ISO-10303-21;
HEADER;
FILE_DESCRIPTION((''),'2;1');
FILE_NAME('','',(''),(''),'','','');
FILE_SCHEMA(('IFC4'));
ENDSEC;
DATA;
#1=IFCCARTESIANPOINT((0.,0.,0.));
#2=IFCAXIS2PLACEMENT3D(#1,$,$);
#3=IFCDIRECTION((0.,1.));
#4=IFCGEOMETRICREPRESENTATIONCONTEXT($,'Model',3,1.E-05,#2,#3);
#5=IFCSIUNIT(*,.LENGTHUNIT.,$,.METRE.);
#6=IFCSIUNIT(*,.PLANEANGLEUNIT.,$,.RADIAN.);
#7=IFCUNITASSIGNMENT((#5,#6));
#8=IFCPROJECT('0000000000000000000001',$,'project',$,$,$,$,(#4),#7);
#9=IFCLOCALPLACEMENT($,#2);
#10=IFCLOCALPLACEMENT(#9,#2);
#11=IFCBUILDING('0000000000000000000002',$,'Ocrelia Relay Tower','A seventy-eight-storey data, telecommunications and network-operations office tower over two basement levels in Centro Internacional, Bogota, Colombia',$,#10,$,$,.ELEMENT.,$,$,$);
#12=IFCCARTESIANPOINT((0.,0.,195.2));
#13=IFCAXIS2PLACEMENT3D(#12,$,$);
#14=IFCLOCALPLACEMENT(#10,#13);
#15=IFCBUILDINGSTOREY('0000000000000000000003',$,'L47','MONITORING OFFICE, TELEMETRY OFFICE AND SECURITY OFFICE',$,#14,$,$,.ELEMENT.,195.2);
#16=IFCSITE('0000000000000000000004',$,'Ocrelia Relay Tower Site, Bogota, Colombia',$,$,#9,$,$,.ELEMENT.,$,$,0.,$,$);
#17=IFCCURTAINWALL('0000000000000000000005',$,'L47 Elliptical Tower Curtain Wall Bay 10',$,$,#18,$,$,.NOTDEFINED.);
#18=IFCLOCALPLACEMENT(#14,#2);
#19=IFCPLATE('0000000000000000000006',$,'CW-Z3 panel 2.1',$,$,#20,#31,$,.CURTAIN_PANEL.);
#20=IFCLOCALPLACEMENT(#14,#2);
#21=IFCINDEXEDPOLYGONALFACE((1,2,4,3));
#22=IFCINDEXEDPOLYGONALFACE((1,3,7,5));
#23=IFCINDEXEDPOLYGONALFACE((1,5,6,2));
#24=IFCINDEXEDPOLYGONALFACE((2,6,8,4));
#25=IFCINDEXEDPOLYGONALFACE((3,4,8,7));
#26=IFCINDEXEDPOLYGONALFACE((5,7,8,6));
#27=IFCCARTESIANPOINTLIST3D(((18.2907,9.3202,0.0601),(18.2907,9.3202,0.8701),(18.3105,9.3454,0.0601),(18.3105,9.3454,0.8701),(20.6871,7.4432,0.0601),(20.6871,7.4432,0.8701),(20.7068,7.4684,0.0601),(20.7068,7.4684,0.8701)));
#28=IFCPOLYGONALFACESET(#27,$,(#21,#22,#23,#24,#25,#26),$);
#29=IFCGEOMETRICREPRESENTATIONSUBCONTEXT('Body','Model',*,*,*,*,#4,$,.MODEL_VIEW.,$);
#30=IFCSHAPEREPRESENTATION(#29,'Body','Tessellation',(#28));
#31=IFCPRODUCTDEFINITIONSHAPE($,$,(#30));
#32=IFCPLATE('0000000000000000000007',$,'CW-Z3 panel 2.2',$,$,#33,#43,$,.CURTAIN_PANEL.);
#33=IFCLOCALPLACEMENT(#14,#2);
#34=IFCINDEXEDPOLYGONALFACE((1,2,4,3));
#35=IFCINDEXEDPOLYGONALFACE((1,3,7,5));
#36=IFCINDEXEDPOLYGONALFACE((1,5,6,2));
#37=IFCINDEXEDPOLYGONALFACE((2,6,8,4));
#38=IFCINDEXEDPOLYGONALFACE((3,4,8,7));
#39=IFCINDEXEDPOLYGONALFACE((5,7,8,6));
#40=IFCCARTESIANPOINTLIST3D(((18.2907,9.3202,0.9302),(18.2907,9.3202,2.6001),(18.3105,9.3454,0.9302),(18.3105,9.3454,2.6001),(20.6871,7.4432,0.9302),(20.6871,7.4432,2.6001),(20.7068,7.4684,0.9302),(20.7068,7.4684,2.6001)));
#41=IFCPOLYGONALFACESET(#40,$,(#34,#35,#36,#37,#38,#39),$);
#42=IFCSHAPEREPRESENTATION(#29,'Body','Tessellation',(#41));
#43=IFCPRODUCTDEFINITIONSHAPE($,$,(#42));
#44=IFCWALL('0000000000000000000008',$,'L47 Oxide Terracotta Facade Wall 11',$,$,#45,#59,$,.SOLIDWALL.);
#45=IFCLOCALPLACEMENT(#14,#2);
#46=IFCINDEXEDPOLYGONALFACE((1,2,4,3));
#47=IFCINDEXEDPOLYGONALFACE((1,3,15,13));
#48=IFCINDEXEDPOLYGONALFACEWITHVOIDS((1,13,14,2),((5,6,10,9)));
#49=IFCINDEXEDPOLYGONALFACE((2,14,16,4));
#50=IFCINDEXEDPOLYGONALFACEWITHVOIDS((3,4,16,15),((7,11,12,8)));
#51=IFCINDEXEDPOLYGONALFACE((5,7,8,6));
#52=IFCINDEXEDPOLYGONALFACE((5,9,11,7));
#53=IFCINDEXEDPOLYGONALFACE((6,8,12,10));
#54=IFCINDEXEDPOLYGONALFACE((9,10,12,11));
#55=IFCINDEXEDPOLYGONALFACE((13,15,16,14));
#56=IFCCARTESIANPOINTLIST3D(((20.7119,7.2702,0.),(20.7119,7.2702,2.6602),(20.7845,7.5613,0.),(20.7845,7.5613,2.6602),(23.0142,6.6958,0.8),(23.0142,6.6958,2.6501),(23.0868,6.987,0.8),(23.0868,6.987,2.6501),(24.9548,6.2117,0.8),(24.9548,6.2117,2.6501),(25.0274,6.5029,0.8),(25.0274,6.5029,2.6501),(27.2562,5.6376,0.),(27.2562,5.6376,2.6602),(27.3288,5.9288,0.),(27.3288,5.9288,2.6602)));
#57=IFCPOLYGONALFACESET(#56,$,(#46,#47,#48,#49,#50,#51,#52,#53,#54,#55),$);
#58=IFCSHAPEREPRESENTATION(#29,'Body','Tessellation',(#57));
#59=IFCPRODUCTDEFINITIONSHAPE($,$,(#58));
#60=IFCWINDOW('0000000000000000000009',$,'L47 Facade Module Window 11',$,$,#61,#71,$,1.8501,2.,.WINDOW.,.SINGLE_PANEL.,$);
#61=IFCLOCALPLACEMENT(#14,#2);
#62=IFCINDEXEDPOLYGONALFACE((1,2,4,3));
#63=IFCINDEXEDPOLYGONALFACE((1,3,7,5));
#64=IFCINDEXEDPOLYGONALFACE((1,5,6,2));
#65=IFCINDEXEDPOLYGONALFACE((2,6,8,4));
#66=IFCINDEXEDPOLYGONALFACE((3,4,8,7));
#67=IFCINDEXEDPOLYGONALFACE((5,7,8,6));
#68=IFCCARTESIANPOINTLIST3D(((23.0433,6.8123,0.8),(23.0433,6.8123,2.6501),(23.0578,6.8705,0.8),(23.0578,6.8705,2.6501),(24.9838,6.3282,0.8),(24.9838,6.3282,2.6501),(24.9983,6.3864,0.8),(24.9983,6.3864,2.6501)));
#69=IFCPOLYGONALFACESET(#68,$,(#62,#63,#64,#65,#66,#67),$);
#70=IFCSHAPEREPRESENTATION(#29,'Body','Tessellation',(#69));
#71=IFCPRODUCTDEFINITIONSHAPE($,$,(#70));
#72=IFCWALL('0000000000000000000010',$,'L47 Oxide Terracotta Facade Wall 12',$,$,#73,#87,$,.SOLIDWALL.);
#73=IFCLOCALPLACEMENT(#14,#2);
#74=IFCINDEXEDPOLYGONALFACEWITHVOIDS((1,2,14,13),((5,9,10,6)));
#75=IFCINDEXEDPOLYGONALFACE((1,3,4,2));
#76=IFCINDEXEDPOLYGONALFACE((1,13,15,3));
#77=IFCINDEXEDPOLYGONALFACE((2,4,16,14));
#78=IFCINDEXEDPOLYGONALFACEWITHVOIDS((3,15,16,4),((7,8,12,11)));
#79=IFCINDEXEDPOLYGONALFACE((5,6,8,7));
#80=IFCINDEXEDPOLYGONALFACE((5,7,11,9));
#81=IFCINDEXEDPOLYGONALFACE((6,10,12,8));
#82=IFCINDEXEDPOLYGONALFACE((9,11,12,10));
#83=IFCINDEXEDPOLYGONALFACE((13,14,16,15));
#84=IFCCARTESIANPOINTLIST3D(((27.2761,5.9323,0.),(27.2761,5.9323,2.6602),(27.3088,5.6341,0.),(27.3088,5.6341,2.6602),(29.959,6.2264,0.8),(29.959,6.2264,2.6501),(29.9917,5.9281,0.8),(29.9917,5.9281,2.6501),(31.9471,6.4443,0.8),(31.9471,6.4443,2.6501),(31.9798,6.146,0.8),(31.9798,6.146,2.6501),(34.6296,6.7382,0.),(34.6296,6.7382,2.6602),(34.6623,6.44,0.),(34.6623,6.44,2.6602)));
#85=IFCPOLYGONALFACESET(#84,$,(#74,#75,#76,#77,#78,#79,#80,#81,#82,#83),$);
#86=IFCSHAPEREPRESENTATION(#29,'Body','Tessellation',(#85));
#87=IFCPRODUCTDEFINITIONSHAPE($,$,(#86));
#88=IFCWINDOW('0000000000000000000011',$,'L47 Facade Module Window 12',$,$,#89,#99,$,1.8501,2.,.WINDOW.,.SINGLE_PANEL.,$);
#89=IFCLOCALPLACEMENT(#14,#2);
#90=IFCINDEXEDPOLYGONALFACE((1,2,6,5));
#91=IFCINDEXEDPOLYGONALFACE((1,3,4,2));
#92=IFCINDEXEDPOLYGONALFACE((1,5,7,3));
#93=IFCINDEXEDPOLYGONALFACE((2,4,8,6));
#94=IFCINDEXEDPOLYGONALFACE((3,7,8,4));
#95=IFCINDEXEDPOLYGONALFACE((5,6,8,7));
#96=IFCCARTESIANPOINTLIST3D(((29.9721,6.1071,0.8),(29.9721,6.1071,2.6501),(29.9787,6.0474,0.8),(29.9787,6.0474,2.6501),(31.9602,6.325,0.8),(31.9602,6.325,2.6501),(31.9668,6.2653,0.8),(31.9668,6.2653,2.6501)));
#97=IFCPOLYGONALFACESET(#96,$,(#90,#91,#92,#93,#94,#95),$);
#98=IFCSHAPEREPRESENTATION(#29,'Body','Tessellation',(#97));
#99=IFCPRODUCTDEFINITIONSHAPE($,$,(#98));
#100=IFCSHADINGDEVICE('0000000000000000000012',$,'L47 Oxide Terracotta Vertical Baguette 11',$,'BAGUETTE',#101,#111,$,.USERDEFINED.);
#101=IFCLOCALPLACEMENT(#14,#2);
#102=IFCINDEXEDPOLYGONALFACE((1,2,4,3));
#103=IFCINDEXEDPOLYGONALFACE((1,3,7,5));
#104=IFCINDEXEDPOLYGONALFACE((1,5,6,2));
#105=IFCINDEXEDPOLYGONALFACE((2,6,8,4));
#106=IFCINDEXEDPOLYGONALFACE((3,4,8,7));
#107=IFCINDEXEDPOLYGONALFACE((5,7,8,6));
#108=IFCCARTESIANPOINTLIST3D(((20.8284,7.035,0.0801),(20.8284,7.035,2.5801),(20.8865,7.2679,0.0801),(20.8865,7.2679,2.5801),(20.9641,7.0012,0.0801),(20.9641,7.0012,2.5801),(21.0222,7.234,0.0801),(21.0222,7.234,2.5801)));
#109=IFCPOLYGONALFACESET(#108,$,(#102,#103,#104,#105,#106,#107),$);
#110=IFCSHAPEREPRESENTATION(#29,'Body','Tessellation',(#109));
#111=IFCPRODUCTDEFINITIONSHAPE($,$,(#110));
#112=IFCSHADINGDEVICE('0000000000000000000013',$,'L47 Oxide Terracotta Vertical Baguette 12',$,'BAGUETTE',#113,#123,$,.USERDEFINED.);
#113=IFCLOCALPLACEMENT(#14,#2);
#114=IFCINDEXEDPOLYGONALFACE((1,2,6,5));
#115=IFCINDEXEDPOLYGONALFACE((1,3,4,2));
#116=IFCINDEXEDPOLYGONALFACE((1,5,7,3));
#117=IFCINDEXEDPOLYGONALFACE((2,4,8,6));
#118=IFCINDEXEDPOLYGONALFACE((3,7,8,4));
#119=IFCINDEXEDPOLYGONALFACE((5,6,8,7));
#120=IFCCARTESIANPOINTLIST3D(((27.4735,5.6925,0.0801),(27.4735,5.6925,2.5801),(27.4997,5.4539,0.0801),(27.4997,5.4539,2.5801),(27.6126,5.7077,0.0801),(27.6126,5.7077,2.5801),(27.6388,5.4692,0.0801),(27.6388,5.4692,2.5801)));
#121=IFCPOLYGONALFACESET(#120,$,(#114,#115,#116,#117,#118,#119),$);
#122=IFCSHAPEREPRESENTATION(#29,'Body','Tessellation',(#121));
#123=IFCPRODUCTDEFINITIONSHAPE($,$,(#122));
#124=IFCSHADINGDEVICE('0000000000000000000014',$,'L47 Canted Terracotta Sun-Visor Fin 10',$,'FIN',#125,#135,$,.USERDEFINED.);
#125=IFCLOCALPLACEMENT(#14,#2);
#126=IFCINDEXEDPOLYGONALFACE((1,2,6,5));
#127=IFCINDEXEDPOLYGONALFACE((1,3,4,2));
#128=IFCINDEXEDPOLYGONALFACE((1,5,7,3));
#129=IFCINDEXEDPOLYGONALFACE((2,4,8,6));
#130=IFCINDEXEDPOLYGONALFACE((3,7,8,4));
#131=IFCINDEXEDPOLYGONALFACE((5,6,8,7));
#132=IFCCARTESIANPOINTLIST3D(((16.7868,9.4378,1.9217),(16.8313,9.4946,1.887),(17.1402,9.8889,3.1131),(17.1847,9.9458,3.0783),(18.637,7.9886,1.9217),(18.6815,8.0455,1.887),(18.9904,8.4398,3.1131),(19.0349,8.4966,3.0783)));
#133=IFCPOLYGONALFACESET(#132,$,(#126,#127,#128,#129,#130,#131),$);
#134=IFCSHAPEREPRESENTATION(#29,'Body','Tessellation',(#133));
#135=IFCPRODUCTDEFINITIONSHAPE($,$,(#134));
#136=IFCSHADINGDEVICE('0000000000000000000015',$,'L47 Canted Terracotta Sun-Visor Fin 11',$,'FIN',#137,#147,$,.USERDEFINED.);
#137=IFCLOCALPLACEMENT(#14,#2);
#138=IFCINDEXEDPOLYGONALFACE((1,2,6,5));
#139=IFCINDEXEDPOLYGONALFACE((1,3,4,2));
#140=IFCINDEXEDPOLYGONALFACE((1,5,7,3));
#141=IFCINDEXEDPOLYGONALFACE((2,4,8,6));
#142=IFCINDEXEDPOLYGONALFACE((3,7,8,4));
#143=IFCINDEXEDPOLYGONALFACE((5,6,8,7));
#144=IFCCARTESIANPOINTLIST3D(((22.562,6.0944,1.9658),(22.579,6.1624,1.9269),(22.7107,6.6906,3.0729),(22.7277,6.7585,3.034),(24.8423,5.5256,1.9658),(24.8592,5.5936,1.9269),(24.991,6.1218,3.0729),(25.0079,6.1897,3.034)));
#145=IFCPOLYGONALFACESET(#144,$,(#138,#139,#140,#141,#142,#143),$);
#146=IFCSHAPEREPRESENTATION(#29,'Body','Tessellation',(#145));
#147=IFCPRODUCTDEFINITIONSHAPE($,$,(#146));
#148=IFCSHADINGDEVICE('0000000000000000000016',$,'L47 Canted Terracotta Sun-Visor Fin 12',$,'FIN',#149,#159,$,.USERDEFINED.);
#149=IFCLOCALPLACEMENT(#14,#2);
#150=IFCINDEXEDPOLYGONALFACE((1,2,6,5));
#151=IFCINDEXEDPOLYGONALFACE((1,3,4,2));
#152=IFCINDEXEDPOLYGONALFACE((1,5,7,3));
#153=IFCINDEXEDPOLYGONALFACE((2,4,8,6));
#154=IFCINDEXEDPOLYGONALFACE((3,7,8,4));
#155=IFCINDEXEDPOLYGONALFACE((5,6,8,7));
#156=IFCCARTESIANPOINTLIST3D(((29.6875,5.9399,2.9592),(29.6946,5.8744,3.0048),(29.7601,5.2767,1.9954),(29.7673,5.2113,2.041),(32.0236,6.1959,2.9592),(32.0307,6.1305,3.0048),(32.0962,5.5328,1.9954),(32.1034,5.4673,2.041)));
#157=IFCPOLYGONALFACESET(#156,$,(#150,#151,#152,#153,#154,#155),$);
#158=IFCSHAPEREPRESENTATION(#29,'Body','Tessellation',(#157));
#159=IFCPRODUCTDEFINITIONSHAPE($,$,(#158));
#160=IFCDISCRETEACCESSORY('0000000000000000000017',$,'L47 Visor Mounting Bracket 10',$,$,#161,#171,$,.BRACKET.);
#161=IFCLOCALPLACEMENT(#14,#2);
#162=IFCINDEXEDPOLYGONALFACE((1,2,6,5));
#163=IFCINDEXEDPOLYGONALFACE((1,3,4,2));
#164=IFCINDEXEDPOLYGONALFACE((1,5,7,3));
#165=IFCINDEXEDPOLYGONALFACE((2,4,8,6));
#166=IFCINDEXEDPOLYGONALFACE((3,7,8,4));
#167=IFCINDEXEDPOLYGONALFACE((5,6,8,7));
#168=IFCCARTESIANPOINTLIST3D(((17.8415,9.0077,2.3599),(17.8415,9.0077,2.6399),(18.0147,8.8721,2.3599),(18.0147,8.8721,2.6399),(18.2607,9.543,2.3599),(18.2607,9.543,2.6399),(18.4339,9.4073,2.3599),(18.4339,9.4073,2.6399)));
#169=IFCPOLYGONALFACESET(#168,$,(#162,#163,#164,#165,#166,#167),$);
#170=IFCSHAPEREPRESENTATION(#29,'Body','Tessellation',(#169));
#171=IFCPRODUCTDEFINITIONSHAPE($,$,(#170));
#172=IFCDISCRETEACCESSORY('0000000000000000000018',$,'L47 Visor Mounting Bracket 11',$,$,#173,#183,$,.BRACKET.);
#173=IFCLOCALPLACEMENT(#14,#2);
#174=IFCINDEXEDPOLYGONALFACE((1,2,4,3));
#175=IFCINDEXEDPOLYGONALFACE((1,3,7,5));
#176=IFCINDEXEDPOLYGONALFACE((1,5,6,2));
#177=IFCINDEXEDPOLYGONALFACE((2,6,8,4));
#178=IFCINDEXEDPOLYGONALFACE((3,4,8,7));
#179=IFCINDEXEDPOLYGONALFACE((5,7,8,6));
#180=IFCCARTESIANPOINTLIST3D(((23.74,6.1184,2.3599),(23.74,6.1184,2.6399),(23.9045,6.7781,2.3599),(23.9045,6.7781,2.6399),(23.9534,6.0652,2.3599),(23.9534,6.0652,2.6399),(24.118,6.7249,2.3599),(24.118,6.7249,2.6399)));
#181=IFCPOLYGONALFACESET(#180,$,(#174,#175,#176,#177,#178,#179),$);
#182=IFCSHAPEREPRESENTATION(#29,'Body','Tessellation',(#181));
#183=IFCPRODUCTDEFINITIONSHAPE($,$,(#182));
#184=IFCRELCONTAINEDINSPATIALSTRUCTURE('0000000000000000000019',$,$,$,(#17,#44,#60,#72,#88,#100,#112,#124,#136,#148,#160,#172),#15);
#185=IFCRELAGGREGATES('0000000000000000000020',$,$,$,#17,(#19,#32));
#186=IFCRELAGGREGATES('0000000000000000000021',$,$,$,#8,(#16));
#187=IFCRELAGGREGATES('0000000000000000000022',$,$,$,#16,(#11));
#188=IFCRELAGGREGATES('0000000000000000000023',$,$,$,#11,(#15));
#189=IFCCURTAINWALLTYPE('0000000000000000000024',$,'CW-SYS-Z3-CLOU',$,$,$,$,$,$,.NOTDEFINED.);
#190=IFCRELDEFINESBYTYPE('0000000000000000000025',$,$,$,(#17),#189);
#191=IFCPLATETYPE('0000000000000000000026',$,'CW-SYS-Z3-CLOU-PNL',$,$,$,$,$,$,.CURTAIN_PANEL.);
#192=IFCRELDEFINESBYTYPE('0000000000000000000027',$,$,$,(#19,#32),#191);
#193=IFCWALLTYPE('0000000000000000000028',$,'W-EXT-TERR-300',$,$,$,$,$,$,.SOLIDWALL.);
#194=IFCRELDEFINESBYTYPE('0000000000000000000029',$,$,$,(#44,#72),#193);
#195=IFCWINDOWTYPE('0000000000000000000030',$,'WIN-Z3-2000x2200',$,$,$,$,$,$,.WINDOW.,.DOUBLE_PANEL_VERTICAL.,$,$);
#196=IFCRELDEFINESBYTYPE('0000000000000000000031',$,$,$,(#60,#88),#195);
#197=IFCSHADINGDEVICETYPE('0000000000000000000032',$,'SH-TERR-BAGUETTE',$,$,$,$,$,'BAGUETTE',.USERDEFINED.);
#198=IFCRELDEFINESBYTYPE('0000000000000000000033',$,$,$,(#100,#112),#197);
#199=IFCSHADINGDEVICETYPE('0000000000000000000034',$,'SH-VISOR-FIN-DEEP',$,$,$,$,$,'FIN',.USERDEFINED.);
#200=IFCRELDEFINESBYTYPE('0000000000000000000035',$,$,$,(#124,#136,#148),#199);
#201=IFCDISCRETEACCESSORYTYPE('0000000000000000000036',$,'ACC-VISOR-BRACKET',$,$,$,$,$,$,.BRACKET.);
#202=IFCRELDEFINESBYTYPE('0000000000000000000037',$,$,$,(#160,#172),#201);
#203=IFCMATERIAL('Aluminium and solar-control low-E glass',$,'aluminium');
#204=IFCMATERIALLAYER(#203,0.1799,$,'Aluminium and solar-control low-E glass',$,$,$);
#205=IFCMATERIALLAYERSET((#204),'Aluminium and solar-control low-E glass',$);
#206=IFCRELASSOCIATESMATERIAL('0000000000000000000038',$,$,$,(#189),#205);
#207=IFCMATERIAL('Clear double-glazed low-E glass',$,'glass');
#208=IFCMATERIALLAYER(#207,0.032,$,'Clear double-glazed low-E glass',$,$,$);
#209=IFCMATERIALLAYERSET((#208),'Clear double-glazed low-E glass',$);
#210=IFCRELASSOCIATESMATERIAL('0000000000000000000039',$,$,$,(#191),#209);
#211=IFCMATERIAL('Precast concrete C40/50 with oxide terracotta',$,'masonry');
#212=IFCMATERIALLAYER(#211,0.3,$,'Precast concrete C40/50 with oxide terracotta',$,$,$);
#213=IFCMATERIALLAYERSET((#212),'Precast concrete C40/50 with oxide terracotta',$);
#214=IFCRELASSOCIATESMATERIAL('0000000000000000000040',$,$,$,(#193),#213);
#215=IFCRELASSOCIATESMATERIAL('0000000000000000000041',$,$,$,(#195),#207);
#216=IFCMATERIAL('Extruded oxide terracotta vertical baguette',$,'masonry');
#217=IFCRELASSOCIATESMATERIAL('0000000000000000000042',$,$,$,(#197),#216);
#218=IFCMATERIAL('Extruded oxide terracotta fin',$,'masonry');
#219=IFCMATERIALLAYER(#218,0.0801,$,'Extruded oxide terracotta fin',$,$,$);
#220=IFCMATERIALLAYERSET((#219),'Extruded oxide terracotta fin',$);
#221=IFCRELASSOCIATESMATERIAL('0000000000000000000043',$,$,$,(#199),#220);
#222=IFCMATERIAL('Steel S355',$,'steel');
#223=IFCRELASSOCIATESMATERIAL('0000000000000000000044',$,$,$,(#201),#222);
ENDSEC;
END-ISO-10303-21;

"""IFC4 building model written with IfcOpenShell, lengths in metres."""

from ifc_helpers import new_model, si_unit, direction, frame, frame_2d, origin, origin_2d, place, context, subcontext, project, spatial, rectangle, extrude, material, layer, layer_set, type_object, element, fill, aggregate, save


model = new_model("IFC4")

# Units and contexts
model_context = context("Model", 3, precision=1e-05, world=origin(), true_north=direction((0.0, 1.0)))
body_context = subcontext(model_context, "Body", "Model", "MODEL_VIEW")
ifc_project = project(units=[si_unit("LENGTHUNIT", "METRE"), si_unit("PLANEANGLEUNIT", "RADIAN")], contexts=[model_context])

# Site, building, storey
site_placement = place(None, origin())
site = spatial("IfcSite", under=ifc_project, at=site_placement, Name="Ocrelia Relay Tower Site, Bogota, Colombia", CompositionType="ELEMENT", RefElevation=0.0)
building_placement = place(site_placement, origin())
building = spatial("IfcBuilding", under=site, at=building_placement, Name="Ocrelia Relay Tower", Description="A seventy-eight-storey data, telecommunications and network-operations office tower over two basement levels in Centro Internacional, Bogota, Colombia", CompositionType="ELEMENT")
storey_placement = place(building_placement, frame((0.0, 0.0, 195.2)))
storey = spatial("IfcBuildingStorey", under=building, at=storey_placement, Name="L47", Description="MONITORING OFFICE, TELEMETRY OFFICE AND SECURITY OFFICE", CompositionType="ELEMENT", Elevation=195.2)

# Shared definitions
ifc_material_1 = material(Name="Steel S355", Category="steel")

# Curtain wall, plates
ifc_material_2 = material(Name="Aluminium and solar-control low-E glass", Category="aluminium")
ifc_layer_1 = layer(ifc_material_2, 0.1799, Name="Aluminium and solar-control low-E glass")
ifc_layer_set_1 = layer_set([ifc_layer_1], Name="Aluminium and solar-control low-E glass")
curtain_wall_type = type_object("IfcCurtainWallType", Name="CW-SYS-Z3-CLOU", PredefinedType="NOTDEFINED", material=ifc_layer_set_1)
curtain_wall_placement = place(storey_placement, origin())
curtain_wall = element("IfcCurtainWall", 1, at=curtain_wall_placement, inside=storey, type_object=curtain_wall_type, Name="L47 Elliptical Tower Curtain Wall Bay 10", PredefinedType="NOTDEFINED")
ifc_material_3 = material(Name="Clear double-glazed low-E glass", Category="glass")
ifc_layer_2 = layer(ifc_material_3, 0.032, Name="Clear double-glazed low-E glass")
ifc_layer_set_2 = layer_set([ifc_layer_2], Name="Clear double-glazed low-E glass")
plate_type = type_object("IfcPlateType", Name="CW-SYS-Z3-CLOU-PNL", PredefinedType="CURTAIN_PANEL", material=ifc_layer_set_2)
plate_1_placement = place(storey_placement, frame((19.4988, 8.3943, 0.0601), z_axis=(0.0, 0.0, 1.0), x_axis=(0.787261, -0.61662, 0.0)))
plate_1 = element("IfcPlate", 2, at=plate_1_placement, type_object=plate_type, Name="CW-Z3 panel 2.1", PredefinedType="CURTAIN_PANEL", context=body_context, shape_type="SweptSolid", body=[
    extrude(rectangle(XDim=3.0439, YDim=0.032, at=origin_2d()), origin(), (0.0, 0.0, 1.0), 0.8101),
])
plate_2_placement = place(storey_placement, frame((19.4988, 8.3943, 0.9302), z_axis=(0.0, 0.0, 1.0), x_axis=(0.787261, -0.61662, 0.0)))
plate_2 = element("IfcPlate", 3, at=plate_2_placement, type_object=plate_type, Name="CW-Z3 panel 2.2", PredefinedType="CURTAIN_PANEL", context=body_context, shape_type="SweptSolid", body=[
    extrude(rectangle(XDim=3.0439, YDim=0.032, at=origin_2d()), origin(), (0.0, 0.0, 1.0), 1.6699),
])
aggregate(curtain_wall, [plate_1, plate_2])

# Walls, openings, windows
ifc_material_4 = material(Name="Precast concrete C40/50 with oxide terracotta", Category="masonry")
ifc_layer_3 = layer(ifc_material_4, 0.3, Name="Precast concrete C40/50 with oxide terracotta")
ifc_layer_set_3 = layer_set([ifc_layer_3], Name="Precast concrete C40/50 with oxide terracotta")
wall_type = type_object("IfcWallType", Name="W-EXT-TERR-300", PredefinedType="SOLIDWALL", material=ifc_layer_set_3)
wall_1_placement = place(storey_placement, frame((20.748, 7.4158, 0.0), z_axis=(0.0, 0.0, 1.0), x_axis=(0.970266, -0.242042, 0.0)))
wall_1 = element("IfcWall", 4, at=wall_1_placement, inside=storey, type_object=wall_type, Name="L47 Oxide Terracotta Facade Wall 11", PredefinedType="SOLIDWALL", context=body_context, shape_type="SweptSolid", body=[
    extrude(rectangle(XDim=6.7449, YDim=0.3, at=frame_2d((3.3726, 0.0))), origin(), (0.0, 0.0, 1.0), 2.6602),
])
opening_1_placement = place(wall_1_placement, frame((2.373, 0.0, 0.8)))
opening_1 = element("IfcOpeningElement", 5, at=opening_1_placement, cuts=wall_1, PredefinedType="OPENING", context=body_context, shape_type="SweptSolid", body=[
    extrude(rectangle(XDim=2.0, YDim=1.8501, at=frame_2d((1.0, 0.925))), frame((0.0, 0.1602, 0.0), z_axis=(0.0, -1.0, 0.0), x_axis=(1.0, 0.0, 0.0)), (0.0, 0.0, 1.0), 0.3201),
])
window_type = type_object("IfcWindowType", Name="WIN-Z3-2000x2200", PartitioningType="DOUBLE_PANEL_VERTICAL", PredefinedType="WINDOW", material=ifc_material_3)
window_1_placement = place(opening_1_placement, origin())
window_1 = element("IfcWindow", 6, at=window_1_placement, inside=storey, type_object=window_type, Name="L47 Facade Module Window 11", OverallHeight=1.8501, OverallWidth=2.0, PartitioningType="SINGLE_PANEL", PredefinedType="WINDOW", context=body_context, shape_type="SweptSolid", body=[
    extrude(rectangle(XDim=2.0, YDim=1.8501, at=frame_2d((1.0, 0.925))), frame((0.0, 0.03, 0.0), z_axis=(0.0, -1.0, 0.0), x_axis=(1.0, 0.0, 0.0)), (0.0, 0.0, 1.0), 0.0601),
])
fill(opening_1, window_1)
wall_2_placement = place(storey_placement, frame((27.2925, 5.7832, 0.0), z_axis=(0.0, 0.0, 1.0), x_axis=(0.994048, 0.108943, 0.0)))
wall_2 = element("IfcWall", 7, at=wall_2_placement, inside=storey, type_object=wall_type, Name="L47 Oxide Terracotta Facade Wall 12", PredefinedType="SOLIDWALL", context=body_context, shape_type="SweptSolid", body=[
    extrude(rectangle(XDim=7.3975, YDim=0.3, at=frame_2d((3.6987, 0.0))), origin(), (0.0, 0.0, 1.0), 2.6602),
])
opening_2_placement = place(wall_2_placement, frame((2.699, 0.0, 0.8)))
opening_2 = element("IfcOpeningElement", 8, at=opening_2_placement, cuts=wall_2, PredefinedType="OPENING", context=body_context, shape_type="SweptSolid", body=[
    extrude(rectangle(XDim=2.0, YDim=1.8501, at=frame_2d((1.0, 0.925))), frame((0.0, 0.1602, 0.0), z_axis=(0.0, -1.0, 0.0), x_axis=(1.0, 0.0, 0.0)), (0.0, 0.0, 1.0), 0.3201),
])
window_2_placement = place(opening_2_placement, origin())
window_2 = element("IfcWindow", 9, at=window_2_placement, inside=storey, type_object=window_type, Name="L47 Facade Module Window 12", OverallHeight=1.8501, OverallWidth=2.0, PartitioningType="SINGLE_PANEL", PredefinedType="WINDOW", context=body_context, shape_type="SweptSolid", body=[
    extrude(rectangle(XDim=2.0, YDim=1.8501, at=frame_2d((1.0, 0.925))), frame((0.0, 0.03, 0.0), z_axis=(0.0, -1.0, 0.0), x_axis=(1.0, 0.0, 0.0)), (0.0, 0.0, 1.0), 0.0601),
])
fill(opening_2, window_2)

# Shading devices
ifc_material_5 = material(Name="Extruded oxide terracotta vertical baguette", Category="masonry")
shading_device_type_1 = type_object("IfcShadingDeviceType", Name="SH-TERR-BAGUETTE", ElementType="BAGUETTE", PredefinedType="USERDEFINED", material=ifc_material_5)
for number, where, z_axis, x_axis, name in (
    (10, (20.9253, 7.1345, 0.0801), (0.0, 0.0, 1.0), (0.970269, -0.24203, 0.0), "L47 Oxide Terracotta Vertical Baguette 11"),
    (11, (27.5562, 5.5808, 0.0801), (0.0, 0.0, 1.0), (0.994047, 0.108955, 0.0), "L47 Oxide Terracotta Vertical Baguette 12"),
):
    element("IfcShadingDevice", number, at=place(storey_placement, frame(where, z_axis=z_axis, x_axis=x_axis)), inside=storey, type_object=shading_device_type_1, Name=name, ObjectType="BAGUETTE", PredefinedType="USERDEFINED", context=body_context, shape_type="SweptSolid", body=[
        extrude(rectangle(XDim=0.1399, YDim=0.24, at=origin_2d()), origin(), (0.0, 0.0, 1.0), 2.5),
    ])
ifc_material_6 = material(Name="Extruded oxide terracotta fin", Category="masonry")
ifc_layer_4 = layer(ifc_material_6, 0.0801, Name="Extruded oxide terracotta fin")
ifc_layer_set_4 = layer_set([ifc_layer_4], Name="Extruded oxide terracotta fin")
shading_device_type_2 = type_object("IfcShadingDeviceType", Name="SH-VISOR-FIN-DEEP", ElementType="FIN", PredefinedType="USERDEFINED", material=ifc_layer_set_4)
shading_device_1_placement = place(storey_placement, frame((17.9331, 8.9956, 2.4827), z_axis=(-0.555669, -0.709442, 0.433502), x_axis=(0.787261, -0.61662, 0.0)))
element("IfcShadingDevice", 12, at=shading_device_1_placement, inside=storey, type_object=shading_device_type_2, Name="L47 Canted Terracotta Sun-Visor Fin 10", ObjectType="FIN", PredefinedType="USERDEFINED", context=body_context, shape_type="SweptSolid", body=[
    extrude(rectangle(XDim=2.3501, YDim=1.322, at=origin_2d()), origin(), (0.0, 0.0, 1.0), 0.0801),
])
shading_device_2_placement = place(storey_placement, frame((23.7935, 6.176, 2.4805), z_axis=(-0.211623, -0.84837, 0.485268), x_axis=(0.970269, -0.24203, 0.0)))
element("IfcShadingDevice", 13, at=shading_device_2_placement, inside=storey, type_object=shading_device_type_2, Name="L47 Canted Terracotta Sun-Visor Fin 11", ObjectType="FIN", PredefinedType="USERDEFINED", context=body_context, shape_type="SweptSolid", body=[
    extrude(rectangle(XDim=2.3501, YDim=1.2661, at=origin_2d()), origin(), (0.0, 0.0, 1.0), 0.0801),
])
shading_device_3_placement = place(storey_placement, frame((30.8918, 5.7363, 2.4773), z_axis=(0.089588, -0.817348, 0.569136), x_axis=(0.994047, 0.108955, 0.0)))
element("IfcShadingDevice", 14, at=shading_device_3_placement, inside=storey, type_object=shading_device_type_2, Name="L47 Canted Terracotta Sun-Visor Fin 12", ObjectType="FIN", PredefinedType="USERDEFINED", context=body_context, shape_type="SweptSolid", body=[
    extrude(rectangle(XDim=2.3501, YDim=1.1721, at=origin_2d()), origin(), (0.0, 0.0, 1.0), 0.0801),
])

# Discrete accessories
discrete_accessory_type = type_object("IfcDiscreteAccessoryType", Name="ACC-VISOR-BRACKET", PredefinedType="BRACKET", material=ifc_material_1)
for number, where, z_axis, x_axis, name in (
    (15, (18.1377, 9.2075, 2.3599), (0.0, 0.0, 1.0), (0.787261, -0.61662, 0.0), "L47 Visor Mounting Bracket 10"),
    (16, (23.929, 6.4216, 2.3599), (0.0, 0.0, 1.0), (0.970269, -0.24203, 0.0), "L47 Visor Mounting Bracket 11"),
):
    element("IfcDiscreteAccessory", number, at=place(storey_placement, frame(where, z_axis=z_axis, x_axis=x_axis)), inside=storey, type_object=discrete_accessory_type, Name=name, PredefinedType="BRACKET", context=body_context, shape_type="SweptSolid", body=[
        extrude(rectangle(XDim=0.22, YDim=0.6799, at=origin_2d()), origin(), (0.0, 0.0, 1.0), 0.28),
    ])

save(model, "model.ifc")
